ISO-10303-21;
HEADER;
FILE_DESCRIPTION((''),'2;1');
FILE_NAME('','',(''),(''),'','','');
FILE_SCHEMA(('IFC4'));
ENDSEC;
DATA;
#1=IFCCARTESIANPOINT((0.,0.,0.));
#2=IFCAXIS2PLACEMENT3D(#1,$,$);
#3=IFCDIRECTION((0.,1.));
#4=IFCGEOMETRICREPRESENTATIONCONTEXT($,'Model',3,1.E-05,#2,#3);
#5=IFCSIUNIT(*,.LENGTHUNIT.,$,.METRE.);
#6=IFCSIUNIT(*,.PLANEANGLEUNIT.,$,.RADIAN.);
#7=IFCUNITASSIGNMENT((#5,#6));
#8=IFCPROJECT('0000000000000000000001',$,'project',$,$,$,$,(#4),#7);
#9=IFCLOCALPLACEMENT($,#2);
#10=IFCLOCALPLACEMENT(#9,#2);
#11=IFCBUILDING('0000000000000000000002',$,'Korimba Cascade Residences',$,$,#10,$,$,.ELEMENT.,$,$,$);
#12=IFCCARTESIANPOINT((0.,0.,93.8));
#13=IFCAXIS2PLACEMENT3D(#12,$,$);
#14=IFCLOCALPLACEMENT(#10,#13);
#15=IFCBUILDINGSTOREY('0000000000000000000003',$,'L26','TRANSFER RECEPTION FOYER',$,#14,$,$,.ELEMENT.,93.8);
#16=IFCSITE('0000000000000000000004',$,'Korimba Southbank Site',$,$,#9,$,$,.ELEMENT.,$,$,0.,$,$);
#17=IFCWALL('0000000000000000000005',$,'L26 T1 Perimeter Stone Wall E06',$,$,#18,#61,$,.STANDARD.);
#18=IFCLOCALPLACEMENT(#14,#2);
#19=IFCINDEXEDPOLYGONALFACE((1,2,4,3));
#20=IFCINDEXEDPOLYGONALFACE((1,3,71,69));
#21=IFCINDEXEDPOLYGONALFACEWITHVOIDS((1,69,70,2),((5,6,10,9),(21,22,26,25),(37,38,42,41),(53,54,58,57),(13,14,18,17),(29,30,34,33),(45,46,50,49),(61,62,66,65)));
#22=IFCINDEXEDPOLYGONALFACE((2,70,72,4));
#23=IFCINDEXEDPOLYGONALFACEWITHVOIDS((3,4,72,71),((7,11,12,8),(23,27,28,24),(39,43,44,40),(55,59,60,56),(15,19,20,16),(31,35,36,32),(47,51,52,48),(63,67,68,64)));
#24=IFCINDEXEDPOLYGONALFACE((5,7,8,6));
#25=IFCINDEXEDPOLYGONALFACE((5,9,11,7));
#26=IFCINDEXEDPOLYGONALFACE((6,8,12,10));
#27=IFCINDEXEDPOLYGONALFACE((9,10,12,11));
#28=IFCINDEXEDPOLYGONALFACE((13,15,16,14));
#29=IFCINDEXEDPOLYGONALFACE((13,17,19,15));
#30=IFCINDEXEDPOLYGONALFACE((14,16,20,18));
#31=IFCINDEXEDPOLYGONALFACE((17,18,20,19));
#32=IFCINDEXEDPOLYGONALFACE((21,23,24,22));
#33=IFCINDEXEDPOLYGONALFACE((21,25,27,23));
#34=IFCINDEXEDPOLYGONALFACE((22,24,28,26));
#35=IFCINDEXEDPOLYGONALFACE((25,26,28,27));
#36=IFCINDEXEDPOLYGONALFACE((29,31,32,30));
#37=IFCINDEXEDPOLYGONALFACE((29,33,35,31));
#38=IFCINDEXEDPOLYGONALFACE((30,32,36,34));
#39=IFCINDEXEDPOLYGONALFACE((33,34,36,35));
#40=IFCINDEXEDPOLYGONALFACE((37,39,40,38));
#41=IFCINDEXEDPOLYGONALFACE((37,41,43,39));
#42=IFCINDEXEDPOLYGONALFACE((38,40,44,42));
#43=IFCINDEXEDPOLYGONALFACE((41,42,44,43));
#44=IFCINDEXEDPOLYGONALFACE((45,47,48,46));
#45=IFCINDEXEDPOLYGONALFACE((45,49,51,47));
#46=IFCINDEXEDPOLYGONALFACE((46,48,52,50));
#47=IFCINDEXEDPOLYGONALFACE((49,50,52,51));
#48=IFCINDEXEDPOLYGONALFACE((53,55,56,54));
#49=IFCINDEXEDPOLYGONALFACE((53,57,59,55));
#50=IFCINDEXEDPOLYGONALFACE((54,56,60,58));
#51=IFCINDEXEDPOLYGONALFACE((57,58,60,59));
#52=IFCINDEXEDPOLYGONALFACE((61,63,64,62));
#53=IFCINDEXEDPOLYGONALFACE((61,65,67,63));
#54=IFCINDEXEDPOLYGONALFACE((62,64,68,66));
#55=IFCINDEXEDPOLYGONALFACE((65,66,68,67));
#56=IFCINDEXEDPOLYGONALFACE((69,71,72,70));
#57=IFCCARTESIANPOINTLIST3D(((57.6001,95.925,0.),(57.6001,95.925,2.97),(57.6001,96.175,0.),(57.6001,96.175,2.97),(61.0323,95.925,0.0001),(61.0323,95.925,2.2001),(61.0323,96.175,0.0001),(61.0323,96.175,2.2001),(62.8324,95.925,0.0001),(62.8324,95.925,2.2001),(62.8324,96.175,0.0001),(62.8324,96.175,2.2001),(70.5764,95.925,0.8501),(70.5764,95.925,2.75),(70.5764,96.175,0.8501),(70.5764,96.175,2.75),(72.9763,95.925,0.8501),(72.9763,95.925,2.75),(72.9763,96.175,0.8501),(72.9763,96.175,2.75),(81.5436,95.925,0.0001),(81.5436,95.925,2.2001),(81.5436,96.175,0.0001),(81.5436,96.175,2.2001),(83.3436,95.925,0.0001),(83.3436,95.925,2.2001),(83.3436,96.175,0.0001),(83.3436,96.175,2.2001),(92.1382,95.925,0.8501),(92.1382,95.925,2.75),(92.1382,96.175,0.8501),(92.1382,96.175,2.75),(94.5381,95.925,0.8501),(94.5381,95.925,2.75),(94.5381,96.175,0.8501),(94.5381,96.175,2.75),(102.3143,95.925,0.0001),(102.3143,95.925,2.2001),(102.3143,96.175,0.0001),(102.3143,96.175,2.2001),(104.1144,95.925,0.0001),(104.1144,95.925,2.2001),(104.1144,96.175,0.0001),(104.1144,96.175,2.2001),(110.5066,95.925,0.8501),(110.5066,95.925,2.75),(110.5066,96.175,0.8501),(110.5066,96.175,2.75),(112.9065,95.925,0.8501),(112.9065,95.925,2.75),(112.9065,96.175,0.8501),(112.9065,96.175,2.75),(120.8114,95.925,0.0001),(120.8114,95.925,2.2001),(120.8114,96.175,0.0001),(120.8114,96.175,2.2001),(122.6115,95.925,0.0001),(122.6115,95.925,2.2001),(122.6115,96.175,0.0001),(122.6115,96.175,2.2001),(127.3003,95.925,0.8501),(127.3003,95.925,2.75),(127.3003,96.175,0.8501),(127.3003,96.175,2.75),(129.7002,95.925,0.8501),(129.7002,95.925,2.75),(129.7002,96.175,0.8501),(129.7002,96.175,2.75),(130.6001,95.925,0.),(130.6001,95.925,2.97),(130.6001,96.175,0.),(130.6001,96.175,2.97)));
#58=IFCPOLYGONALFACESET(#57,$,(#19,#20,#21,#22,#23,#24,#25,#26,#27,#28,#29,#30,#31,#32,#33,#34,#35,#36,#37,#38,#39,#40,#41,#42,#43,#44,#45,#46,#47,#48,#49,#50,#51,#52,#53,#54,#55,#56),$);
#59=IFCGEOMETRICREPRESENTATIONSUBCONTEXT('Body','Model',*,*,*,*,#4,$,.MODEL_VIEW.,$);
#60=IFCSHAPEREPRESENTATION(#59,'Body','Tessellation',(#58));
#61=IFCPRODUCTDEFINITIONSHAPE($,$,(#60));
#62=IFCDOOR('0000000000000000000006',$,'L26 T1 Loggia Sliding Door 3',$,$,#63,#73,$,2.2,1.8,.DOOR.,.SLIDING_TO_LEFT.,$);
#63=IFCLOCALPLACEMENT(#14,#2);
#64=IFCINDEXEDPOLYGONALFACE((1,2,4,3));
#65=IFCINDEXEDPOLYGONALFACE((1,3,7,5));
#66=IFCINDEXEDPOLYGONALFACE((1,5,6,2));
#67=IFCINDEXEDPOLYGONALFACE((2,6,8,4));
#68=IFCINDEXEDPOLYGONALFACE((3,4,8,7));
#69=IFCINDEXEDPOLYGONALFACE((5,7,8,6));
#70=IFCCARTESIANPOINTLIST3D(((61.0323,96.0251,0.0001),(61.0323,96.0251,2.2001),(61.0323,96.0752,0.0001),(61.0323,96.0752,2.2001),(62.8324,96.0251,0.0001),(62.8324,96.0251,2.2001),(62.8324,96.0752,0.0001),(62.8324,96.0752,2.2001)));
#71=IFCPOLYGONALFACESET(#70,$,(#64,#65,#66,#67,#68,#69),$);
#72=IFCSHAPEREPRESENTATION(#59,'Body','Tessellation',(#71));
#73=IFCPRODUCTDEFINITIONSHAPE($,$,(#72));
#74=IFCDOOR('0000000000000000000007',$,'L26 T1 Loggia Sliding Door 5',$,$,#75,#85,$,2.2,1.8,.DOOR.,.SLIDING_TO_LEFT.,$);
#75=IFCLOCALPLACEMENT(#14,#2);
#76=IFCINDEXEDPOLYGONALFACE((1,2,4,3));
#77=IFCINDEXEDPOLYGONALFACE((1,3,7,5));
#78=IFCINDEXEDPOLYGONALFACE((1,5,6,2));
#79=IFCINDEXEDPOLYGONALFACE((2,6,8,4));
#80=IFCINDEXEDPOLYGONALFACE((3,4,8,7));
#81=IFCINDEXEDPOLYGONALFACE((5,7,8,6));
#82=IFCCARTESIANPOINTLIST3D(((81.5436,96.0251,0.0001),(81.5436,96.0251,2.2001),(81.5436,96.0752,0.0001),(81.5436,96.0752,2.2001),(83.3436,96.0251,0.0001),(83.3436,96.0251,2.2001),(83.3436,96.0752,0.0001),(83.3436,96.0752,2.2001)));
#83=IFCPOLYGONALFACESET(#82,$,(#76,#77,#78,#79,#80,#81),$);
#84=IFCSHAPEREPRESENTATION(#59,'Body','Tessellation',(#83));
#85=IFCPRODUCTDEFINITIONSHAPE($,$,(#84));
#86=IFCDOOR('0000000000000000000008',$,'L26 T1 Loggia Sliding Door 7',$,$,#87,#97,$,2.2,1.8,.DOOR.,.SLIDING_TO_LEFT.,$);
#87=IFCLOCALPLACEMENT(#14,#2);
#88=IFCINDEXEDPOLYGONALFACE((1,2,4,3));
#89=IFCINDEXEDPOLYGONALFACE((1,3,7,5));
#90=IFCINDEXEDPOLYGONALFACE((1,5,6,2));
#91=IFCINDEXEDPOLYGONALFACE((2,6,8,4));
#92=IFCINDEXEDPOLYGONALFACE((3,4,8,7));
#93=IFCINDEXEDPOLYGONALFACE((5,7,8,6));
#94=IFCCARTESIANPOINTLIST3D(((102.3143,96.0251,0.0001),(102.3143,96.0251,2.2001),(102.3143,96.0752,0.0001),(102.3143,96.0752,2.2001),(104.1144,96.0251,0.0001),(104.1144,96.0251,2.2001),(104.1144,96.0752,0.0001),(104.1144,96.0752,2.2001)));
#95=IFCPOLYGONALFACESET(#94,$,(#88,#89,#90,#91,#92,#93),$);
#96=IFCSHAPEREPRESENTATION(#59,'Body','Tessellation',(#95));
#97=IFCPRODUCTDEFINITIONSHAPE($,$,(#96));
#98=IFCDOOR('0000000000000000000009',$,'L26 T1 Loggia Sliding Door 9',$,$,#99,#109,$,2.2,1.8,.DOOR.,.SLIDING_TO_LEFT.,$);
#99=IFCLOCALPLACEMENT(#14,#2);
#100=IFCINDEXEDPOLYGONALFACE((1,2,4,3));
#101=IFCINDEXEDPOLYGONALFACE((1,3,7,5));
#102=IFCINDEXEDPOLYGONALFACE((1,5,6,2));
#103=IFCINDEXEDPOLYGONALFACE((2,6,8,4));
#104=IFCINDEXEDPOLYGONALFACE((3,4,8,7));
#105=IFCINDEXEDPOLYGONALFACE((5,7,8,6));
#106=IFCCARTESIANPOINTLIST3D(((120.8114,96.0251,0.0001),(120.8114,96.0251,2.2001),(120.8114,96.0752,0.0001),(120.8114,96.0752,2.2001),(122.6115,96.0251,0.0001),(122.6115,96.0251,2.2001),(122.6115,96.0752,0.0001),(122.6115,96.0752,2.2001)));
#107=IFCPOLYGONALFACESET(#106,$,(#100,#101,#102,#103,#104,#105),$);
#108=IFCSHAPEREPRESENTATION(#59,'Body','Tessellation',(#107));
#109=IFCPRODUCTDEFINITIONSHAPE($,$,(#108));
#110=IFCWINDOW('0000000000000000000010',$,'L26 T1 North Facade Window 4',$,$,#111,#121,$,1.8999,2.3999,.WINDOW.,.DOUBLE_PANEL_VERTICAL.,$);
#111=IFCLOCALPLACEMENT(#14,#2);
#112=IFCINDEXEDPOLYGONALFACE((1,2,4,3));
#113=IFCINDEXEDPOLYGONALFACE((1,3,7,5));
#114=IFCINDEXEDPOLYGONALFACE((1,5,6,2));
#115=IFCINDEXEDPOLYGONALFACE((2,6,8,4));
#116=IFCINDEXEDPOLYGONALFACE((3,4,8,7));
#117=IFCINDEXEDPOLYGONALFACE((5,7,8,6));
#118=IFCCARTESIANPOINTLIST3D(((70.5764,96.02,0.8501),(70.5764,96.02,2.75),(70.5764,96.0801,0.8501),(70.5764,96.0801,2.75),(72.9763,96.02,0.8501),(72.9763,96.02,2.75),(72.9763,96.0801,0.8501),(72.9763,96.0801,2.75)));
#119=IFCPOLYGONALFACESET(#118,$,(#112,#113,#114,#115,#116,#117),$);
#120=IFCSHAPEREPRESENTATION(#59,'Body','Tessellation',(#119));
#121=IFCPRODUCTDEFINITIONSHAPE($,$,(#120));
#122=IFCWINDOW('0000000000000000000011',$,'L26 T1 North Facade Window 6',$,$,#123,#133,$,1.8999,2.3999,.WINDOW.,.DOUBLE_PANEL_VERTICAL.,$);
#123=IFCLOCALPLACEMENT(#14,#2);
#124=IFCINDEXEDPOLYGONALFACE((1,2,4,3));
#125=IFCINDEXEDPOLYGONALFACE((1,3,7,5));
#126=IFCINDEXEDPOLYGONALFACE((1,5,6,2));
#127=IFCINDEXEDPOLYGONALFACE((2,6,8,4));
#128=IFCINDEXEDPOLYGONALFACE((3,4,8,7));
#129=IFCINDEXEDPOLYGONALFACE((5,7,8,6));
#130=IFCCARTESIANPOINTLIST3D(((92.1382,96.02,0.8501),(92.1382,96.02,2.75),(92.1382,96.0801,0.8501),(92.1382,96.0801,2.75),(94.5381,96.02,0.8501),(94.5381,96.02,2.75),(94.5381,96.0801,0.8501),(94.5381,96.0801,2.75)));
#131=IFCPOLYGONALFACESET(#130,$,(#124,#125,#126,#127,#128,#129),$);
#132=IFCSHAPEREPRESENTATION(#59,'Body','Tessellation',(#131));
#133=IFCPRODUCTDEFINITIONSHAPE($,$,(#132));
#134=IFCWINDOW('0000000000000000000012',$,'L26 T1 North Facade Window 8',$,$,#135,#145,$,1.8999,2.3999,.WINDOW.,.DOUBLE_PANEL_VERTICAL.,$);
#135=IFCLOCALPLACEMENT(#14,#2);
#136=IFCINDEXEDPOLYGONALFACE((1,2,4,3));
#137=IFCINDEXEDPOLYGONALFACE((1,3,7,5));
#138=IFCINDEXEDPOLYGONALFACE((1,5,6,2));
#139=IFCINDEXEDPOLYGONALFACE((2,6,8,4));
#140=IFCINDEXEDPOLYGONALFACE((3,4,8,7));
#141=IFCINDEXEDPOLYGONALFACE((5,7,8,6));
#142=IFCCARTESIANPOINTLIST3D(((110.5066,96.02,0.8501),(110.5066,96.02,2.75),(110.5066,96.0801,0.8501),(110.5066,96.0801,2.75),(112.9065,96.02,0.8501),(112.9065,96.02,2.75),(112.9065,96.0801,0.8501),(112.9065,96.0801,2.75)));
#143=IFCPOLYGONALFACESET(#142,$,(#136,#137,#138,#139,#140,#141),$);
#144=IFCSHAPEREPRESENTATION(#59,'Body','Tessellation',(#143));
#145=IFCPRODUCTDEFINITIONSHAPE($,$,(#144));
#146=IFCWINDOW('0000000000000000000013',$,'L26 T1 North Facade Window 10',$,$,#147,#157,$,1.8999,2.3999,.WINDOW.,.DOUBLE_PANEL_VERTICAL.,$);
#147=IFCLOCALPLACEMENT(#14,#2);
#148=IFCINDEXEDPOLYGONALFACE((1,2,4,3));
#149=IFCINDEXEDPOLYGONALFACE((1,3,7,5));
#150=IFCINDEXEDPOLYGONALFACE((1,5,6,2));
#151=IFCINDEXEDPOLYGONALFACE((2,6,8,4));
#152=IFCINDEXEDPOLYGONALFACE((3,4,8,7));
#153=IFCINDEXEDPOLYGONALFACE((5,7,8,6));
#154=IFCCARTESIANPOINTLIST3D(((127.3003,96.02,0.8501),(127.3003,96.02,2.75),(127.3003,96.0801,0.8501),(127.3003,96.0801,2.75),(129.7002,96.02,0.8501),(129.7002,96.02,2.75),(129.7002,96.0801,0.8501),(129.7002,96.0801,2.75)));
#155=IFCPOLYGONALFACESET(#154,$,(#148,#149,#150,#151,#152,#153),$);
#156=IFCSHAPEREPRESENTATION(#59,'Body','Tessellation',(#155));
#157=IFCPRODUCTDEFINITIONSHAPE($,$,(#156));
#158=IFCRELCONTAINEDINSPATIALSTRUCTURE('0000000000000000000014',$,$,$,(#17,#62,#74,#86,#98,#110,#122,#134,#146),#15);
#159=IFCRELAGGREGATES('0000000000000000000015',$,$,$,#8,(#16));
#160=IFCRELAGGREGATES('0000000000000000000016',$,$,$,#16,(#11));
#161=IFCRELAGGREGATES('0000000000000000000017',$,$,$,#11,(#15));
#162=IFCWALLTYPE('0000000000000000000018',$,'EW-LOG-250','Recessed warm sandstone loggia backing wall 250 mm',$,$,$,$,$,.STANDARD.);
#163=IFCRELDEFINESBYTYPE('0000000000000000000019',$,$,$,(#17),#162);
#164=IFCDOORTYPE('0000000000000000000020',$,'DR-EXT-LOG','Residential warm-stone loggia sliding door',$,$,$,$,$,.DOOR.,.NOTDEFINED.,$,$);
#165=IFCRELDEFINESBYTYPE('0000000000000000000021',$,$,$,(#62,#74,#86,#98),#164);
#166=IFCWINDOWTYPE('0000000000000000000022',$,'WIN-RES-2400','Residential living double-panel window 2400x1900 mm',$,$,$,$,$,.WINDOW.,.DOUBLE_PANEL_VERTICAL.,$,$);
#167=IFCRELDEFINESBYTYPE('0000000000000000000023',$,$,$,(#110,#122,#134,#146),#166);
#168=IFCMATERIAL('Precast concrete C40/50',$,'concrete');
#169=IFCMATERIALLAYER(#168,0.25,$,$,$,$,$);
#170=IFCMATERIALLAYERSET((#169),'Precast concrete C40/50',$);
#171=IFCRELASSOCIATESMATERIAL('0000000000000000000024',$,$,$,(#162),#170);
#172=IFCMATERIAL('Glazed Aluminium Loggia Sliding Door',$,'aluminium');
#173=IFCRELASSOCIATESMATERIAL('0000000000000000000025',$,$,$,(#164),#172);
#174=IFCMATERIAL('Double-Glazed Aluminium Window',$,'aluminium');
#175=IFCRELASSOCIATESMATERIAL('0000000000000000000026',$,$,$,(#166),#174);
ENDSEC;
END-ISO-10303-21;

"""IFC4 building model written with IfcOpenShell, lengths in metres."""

from ifc_helpers import new_model, si_unit, direction, frame, frame_2d, origin, place, context, subcontext, project, spatial, rectangle, extrude, material, layer, layer_set, type_object, element, fill, save


model = new_model("IFC4")

# Units and contexts
model_context = context("Model", 3, precision=1e-05, world=origin(), true_north=direction((0.0, 1.0)))
body_context = subcontext(model_context, "Body", "Model", "MODEL_VIEW")
ifc_project = project(units=[si_unit("LENGTHUNIT", "METRE"), si_unit("PLANEANGLEUNIT", "RADIAN")], contexts=[model_context])

# Site, building, storey
site_placement = place(None, origin())
site = spatial("IfcSite", under=ifc_project, at=site_placement, Name="Korimba Southbank Site", CompositionType="ELEMENT", RefElevation=0.0)
building_placement = place(site_placement, origin())
building = spatial("IfcBuilding", under=site, at=building_placement, Name="Korimba Cascade Residences", CompositionType="ELEMENT")
storey_placement = place(building_placement, frame((0.0, 0.0, 93.8)))
storey = spatial("IfcBuildingStorey", under=building, at=storey_placement, Name="L26", Description="TRANSFER RECEPTION FOYER", CompositionType="ELEMENT", Elevation=93.8)

# Wall, openings, doors, windows
ifc_material_1 = material(Name="Precast concrete C40/50", Category="concrete")
ifc_layer_1 = layer(ifc_material_1, 0.25)
ifc_layer_set_1 = layer_set([ifc_layer_1], Name="Precast concrete C40/50")
wall_type_1 = type_object("IfcWallType", Name="EW-LOG-250", Description="Recessed warm sandstone loggia backing wall 250 mm", PredefinedType="STANDARD", material=ifc_layer_set_1)
wall_1_placement = place(storey_placement, frame((130.6001, 96.05, 0.0), z_axis=(0.0, 0.0, 1.0), x_axis=(-1.0, 0.0, 0.0)))
wall_1 = element("IfcWall", 1, at=wall_1_placement, inside=storey, type_object=wall_type_1, Name="L26 T1 Perimeter Stone Wall E06", PredefinedType="STANDARD", context=body_context, shape_type="SweptSolid", body=[
    extrude(rectangle(XDim=73.0, YDim=0.25, at=frame_2d((36.5, 0.0))), origin(), (0.0, 0.0, 1.0), 2.97),
])
opening_1_placement = place(wall_1_placement, frame((67.7678, 0.0, 0.0)))
opening_1 = element("IfcOpeningElement", 2, at=opening_1_placement, cuts=wall_1, PredefinedType="OPENING", context=body_context, shape_type="SweptSolid", body=[
    extrude(rectangle(XDim=1.8, YDim=2.2, at=frame_2d((0.8999, 1.1001))), frame((0.0, 0.135, 0.0), z_axis=(0.0, -1.0, 0.0), x_axis=(1.0, 0.0, 0.0)), (0.0, 0.0, 1.0), 0.27),
])
opening_2_placement = place(wall_1_placement, frame((57.6238, 0.0, 0.8501)))
opening_2 = element("IfcOpeningElement", 3, at=opening_2_placement, cuts=wall_1, PredefinedType="OPENING", context=body_context, shape_type="SweptSolid", body=[
    extrude(rectangle(XDim=2.3999, YDim=1.8999, at=frame_2d((1.2, 0.95))), frame((0.0, 0.135, 0.0), z_axis=(0.0, -1.0, 0.0), x_axis=(1.0, 0.0, 0.0)), (0.0, 0.0, 1.0), 0.27),
])
opening_3_placement = place(wall_1_placement, frame((47.2566, 0.0, 0.0)))
opening_3 = element("IfcOpeningElement", 4, at=opening_3_placement, cuts=wall_1, PredefinedType="OPENING", context=body_context, shape_type="SweptSolid", body=[
    extrude(rectangle(XDim=1.8, YDim=2.2, at=frame_2d((0.8999, 1.1001))), frame((0.0, 0.135, 0.0), z_axis=(0.0, -1.0, 0.0), x_axis=(1.0, 0.0, 0.0)), (0.0, 0.0, 1.0), 0.27),
])
opening_4_placement = place(wall_1_placement, frame((36.062, 0.0, 0.8501)))
opening_4 = element("IfcOpeningElement", 5, at=opening_4_placement, cuts=wall_1, PredefinedType="OPENING", context=body_context, shape_type="SweptSolid", body=[
    extrude(rectangle(XDim=2.3999, YDim=1.8999, at=frame_2d((1.2, 0.95))), frame((0.0, 0.135, 0.0), z_axis=(0.0, -1.0, 0.0), x_axis=(1.0, 0.0, 0.0)), (0.0, 0.0, 1.0), 0.27),
])
opening_5_placement = place(wall_1_placement, frame((26.4858, 0.0, 0.0)))
opening_5 = element("IfcOpeningElement", 6, at=opening_5_placement, cuts=wall_1, PredefinedType="OPENING", context=body_context, shape_type="SweptSolid", body=[
    extrude(rectangle(XDim=1.8, YDim=2.2, at=frame_2d((0.8999, 1.1001))), frame((0.0, 0.135, 0.0), z_axis=(0.0, -1.0, 0.0), x_axis=(1.0, 0.0, 0.0)), (0.0, 0.0, 1.0), 0.27),
])
opening_6_placement = place(wall_1_placement, frame((17.6936, 0.0, 0.8501)))
opening_6 = element("IfcOpeningElement", 7, at=opening_6_placement, cuts=wall_1, PredefinedType="OPENING", context=body_context, shape_type="SweptSolid", body=[
    extrude(rectangle(XDim=2.3999, YDim=1.8999, at=frame_2d((1.2, 0.95))), frame((0.0, 0.135, 0.0), z_axis=(0.0, -1.0, 0.0), x_axis=(1.0, 0.0, 0.0)), (0.0, 0.0, 1.0), 0.27),
])
opening_7_placement = place(wall_1_placement, frame((7.9888, 0.0, 0.0)))
opening_7 = element("IfcOpeningElement", 8, at=opening_7_placement, cuts=wall_1, PredefinedType="OPENING", context=body_context, shape_type="SweptSolid", body=[
    extrude(rectangle(XDim=1.8, YDim=2.2, at=frame_2d((0.8999, 1.1001))), frame((0.0, 0.135, 0.0), z_axis=(0.0, -1.0, 0.0), x_axis=(1.0, 0.0, 0.0)), (0.0, 0.0, 1.0), 0.27),
])
opening_8_placement = place(wall_1_placement, frame((0.8999, 0.0, 0.8501)))
opening_8 = element("IfcOpeningElement", 9, at=opening_8_placement, cuts=wall_1, PredefinedType="OPENING", context=body_context, shape_type="SweptSolid", body=[
    extrude(rectangle(XDim=2.3999, YDim=1.8999, at=frame_2d((1.2, 0.95))), frame((0.0, 0.135, 0.0), z_axis=(0.0, -1.0, 0.0), x_axis=(1.0, 0.0, 0.0)), (0.0, 0.0, 1.0), 0.27),
])
ifc_material_2 = material(Name="Glazed Aluminium Loggia Sliding Door", Category="aluminium")
door_type = type_object("IfcDoorType", Name="DR-EXT-LOG", Description="Residential warm-stone loggia sliding door", OperationType="NOTDEFINED", PredefinedType="DOOR", material=ifc_material_2)
door_1_placement = place(opening_1_placement, origin())
door_1 = element("IfcDoor", 10, at=door_1_placement, inside=storey, type_object=door_type, Name="L26 T1 Loggia Sliding Door 3", OperationType="SLIDING_TO_LEFT", OverallHeight=2.2, OverallWidth=1.8, PredefinedType="DOOR", context=body_context, shape_type="SweptSolid", body=[
    extrude(rectangle(XDim=1.8, YDim=2.2, at=frame_2d((0.8999, 1.1001))), frame((0.0, 0.0249, 0.0), z_axis=(0.0, -1.0, 0.0), x_axis=(1.0, 0.0, 0.0)), (0.0, 0.0, 1.0), 0.05),
])
fill(opening_1, door_1)
door_2_placement = place(opening_3_placement, origin())
door_2 = element("IfcDoor", 11, at=door_2_placement, inside=storey, type_object=door_type, Name="L26 T1 Loggia Sliding Door 5", OperationType="SLIDING_TO_LEFT", OverallHeight=2.2, OverallWidth=1.8, PredefinedType="DOOR", context=body_context, shape_type="SweptSolid", body=[
    extrude(rectangle(XDim=1.8, YDim=2.2, at=frame_2d((0.8999, 1.1001))), frame((0.0, 0.0249, 0.0), z_axis=(0.0, -1.0, 0.0), x_axis=(1.0, 0.0, 0.0)), (0.0, 0.0, 1.0), 0.05),
])
fill(opening_3, door_2)
door_3_placement = place(opening_5_placement, origin())
door_3 = element("IfcDoor", 12, at=door_3_placement, inside=storey, type_object=door_type, Name="L26 T1 Loggia Sliding Door 7", OperationType="SLIDING_TO_LEFT", OverallHeight=2.2, OverallWidth=1.8, PredefinedType="DOOR", context=body_context, shape_type="SweptSolid", body=[
    extrude(rectangle(XDim=1.8, YDim=2.2, at=frame_2d((0.8999, 1.1001))), frame((0.0, 0.0249, 0.0), z_axis=(0.0, -1.0, 0.0), x_axis=(1.0, 0.0, 0.0)), (0.0, 0.0, 1.0), 0.05),
])
fill(opening_5, door_3)
door_4_placement = place(opening_7_placement, origin())
door_4 = element("IfcDoor", 13, at=door_4_placement, inside=storey, type_object=door_type, Name="L26 T1 Loggia Sliding Door 9", OperationType="SLIDING_TO_LEFT", OverallHeight=2.2, OverallWidth=1.8, PredefinedType="DOOR", context=body_context, shape_type="SweptSolid", body=[
    extrude(rectangle(XDim=1.8, YDim=2.2, at=frame_2d((0.8999, 1.1001))), frame((0.0, 0.0249, 0.0), z_axis=(0.0, -1.0, 0.0), x_axis=(1.0, 0.0, 0.0)), (0.0, 0.0, 1.0), 0.05),
])
fill(opening_7, door_4)
ifc_material_3 = material(Name="Double-Glazed Aluminium Window", Category="aluminium")
window_type = type_object("IfcWindowType", Name="WIN-RES-2400", Description="Residential living double-panel window 2400x1900 mm", PartitioningType="DOUBLE_PANEL_VERTICAL", PredefinedType="WINDOW", material=ifc_material_3)
window_1_placement = place(opening_2_placement, origin())
window_1 = element("IfcWindow", 14, at=window_1_placement, inside=storey, type_object=window_type, Name="L26 T1 North Facade Window 4", OverallHeight=1.8999, OverallWidth=2.3999, PartitioningType="DOUBLE_PANEL_VERTICAL", PredefinedType="WINDOW", context=body_context, shape_type="SweptSolid", body=[
    extrude(rectangle(XDim=2.3999, YDim=1.8999, at=frame_2d((1.2, 0.95))), frame((0.0, 0.03, 0.0), z_axis=(0.0, -1.0, 0.0), x_axis=(1.0, 0.0, 0.0)), (0.0, 0.0, 1.0), 0.0601),
])
fill(opening_2, window_1)
window_2_placement = place(opening_4_placement, origin())
window_2 = element("IfcWindow", 15, at=window_2_placement, inside=storey, type_object=window_type, Name="L26 T1 North Facade Window 6", OverallHeight=1.8999, OverallWidth=2.3999, PartitioningType="DOUBLE_PANEL_VERTICAL", PredefinedType="WINDOW", context=body_context, shape_type="SweptSolid", body=[
    extrude(rectangle(XDim=2.3999, YDim=1.8999, at=frame_2d((1.2, 0.95))), frame((0.0, 0.03, 0.0), z_axis=(0.0, -1.0, 0.0), x_axis=(1.0, 0.0, 0.0)), (0.0, 0.0, 1.0), 0.0601),
])
fill(opening_4, window_2)
window_3_placement = place(opening_6_placement, origin())
window_3 = element("IfcWindow", 16, at=window_3_placement, inside=storey, type_object=window_type, Name="L26 T1 North Facade Window 8", OverallHeight=1.8999, OverallWidth=2.3999, PartitioningType="DOUBLE_PANEL_VERTICAL", PredefinedType="WINDOW", context=body_context, shape_type="SweptSolid", body=[
    extrude(rectangle(XDim=2.3999, YDim=1.8999, at=frame_2d((1.2, 0.95))), frame((0.0, 0.03, 0.0), z_axis=(0.0, -1.0, 0.0), x_axis=(1.0, 0.0, 0.0)), (0.0, 0.0, 1.0), 0.0601),
])
fill(opening_6, window_3)
window_4_placement = place(opening_8_placement, origin())
window_4 = element("IfcWindow", 17, at=window_4_placement, inside=storey, type_object=window_type, Name="L26 T1 North Facade Window 10", OverallHeight=1.8999, OverallWidth=2.3999, PartitioningType="DOUBLE_PANEL_VERTICAL", PredefinedType="WINDOW", context=body_context, shape_type="SweptSolid", body=[
    extrude(rectangle(XDim=2.3999, YDim=1.8999, at=frame_2d((1.2, 0.95))), frame((0.0, 0.03, 0.0), z_axis=(0.0, -1.0, 0.0), x_axis=(1.0, 0.0, 0.0)), (0.0, 0.0, 1.0), 0.0601),
])
fill(opening_8, window_4)

save(model, "model.ifc")
